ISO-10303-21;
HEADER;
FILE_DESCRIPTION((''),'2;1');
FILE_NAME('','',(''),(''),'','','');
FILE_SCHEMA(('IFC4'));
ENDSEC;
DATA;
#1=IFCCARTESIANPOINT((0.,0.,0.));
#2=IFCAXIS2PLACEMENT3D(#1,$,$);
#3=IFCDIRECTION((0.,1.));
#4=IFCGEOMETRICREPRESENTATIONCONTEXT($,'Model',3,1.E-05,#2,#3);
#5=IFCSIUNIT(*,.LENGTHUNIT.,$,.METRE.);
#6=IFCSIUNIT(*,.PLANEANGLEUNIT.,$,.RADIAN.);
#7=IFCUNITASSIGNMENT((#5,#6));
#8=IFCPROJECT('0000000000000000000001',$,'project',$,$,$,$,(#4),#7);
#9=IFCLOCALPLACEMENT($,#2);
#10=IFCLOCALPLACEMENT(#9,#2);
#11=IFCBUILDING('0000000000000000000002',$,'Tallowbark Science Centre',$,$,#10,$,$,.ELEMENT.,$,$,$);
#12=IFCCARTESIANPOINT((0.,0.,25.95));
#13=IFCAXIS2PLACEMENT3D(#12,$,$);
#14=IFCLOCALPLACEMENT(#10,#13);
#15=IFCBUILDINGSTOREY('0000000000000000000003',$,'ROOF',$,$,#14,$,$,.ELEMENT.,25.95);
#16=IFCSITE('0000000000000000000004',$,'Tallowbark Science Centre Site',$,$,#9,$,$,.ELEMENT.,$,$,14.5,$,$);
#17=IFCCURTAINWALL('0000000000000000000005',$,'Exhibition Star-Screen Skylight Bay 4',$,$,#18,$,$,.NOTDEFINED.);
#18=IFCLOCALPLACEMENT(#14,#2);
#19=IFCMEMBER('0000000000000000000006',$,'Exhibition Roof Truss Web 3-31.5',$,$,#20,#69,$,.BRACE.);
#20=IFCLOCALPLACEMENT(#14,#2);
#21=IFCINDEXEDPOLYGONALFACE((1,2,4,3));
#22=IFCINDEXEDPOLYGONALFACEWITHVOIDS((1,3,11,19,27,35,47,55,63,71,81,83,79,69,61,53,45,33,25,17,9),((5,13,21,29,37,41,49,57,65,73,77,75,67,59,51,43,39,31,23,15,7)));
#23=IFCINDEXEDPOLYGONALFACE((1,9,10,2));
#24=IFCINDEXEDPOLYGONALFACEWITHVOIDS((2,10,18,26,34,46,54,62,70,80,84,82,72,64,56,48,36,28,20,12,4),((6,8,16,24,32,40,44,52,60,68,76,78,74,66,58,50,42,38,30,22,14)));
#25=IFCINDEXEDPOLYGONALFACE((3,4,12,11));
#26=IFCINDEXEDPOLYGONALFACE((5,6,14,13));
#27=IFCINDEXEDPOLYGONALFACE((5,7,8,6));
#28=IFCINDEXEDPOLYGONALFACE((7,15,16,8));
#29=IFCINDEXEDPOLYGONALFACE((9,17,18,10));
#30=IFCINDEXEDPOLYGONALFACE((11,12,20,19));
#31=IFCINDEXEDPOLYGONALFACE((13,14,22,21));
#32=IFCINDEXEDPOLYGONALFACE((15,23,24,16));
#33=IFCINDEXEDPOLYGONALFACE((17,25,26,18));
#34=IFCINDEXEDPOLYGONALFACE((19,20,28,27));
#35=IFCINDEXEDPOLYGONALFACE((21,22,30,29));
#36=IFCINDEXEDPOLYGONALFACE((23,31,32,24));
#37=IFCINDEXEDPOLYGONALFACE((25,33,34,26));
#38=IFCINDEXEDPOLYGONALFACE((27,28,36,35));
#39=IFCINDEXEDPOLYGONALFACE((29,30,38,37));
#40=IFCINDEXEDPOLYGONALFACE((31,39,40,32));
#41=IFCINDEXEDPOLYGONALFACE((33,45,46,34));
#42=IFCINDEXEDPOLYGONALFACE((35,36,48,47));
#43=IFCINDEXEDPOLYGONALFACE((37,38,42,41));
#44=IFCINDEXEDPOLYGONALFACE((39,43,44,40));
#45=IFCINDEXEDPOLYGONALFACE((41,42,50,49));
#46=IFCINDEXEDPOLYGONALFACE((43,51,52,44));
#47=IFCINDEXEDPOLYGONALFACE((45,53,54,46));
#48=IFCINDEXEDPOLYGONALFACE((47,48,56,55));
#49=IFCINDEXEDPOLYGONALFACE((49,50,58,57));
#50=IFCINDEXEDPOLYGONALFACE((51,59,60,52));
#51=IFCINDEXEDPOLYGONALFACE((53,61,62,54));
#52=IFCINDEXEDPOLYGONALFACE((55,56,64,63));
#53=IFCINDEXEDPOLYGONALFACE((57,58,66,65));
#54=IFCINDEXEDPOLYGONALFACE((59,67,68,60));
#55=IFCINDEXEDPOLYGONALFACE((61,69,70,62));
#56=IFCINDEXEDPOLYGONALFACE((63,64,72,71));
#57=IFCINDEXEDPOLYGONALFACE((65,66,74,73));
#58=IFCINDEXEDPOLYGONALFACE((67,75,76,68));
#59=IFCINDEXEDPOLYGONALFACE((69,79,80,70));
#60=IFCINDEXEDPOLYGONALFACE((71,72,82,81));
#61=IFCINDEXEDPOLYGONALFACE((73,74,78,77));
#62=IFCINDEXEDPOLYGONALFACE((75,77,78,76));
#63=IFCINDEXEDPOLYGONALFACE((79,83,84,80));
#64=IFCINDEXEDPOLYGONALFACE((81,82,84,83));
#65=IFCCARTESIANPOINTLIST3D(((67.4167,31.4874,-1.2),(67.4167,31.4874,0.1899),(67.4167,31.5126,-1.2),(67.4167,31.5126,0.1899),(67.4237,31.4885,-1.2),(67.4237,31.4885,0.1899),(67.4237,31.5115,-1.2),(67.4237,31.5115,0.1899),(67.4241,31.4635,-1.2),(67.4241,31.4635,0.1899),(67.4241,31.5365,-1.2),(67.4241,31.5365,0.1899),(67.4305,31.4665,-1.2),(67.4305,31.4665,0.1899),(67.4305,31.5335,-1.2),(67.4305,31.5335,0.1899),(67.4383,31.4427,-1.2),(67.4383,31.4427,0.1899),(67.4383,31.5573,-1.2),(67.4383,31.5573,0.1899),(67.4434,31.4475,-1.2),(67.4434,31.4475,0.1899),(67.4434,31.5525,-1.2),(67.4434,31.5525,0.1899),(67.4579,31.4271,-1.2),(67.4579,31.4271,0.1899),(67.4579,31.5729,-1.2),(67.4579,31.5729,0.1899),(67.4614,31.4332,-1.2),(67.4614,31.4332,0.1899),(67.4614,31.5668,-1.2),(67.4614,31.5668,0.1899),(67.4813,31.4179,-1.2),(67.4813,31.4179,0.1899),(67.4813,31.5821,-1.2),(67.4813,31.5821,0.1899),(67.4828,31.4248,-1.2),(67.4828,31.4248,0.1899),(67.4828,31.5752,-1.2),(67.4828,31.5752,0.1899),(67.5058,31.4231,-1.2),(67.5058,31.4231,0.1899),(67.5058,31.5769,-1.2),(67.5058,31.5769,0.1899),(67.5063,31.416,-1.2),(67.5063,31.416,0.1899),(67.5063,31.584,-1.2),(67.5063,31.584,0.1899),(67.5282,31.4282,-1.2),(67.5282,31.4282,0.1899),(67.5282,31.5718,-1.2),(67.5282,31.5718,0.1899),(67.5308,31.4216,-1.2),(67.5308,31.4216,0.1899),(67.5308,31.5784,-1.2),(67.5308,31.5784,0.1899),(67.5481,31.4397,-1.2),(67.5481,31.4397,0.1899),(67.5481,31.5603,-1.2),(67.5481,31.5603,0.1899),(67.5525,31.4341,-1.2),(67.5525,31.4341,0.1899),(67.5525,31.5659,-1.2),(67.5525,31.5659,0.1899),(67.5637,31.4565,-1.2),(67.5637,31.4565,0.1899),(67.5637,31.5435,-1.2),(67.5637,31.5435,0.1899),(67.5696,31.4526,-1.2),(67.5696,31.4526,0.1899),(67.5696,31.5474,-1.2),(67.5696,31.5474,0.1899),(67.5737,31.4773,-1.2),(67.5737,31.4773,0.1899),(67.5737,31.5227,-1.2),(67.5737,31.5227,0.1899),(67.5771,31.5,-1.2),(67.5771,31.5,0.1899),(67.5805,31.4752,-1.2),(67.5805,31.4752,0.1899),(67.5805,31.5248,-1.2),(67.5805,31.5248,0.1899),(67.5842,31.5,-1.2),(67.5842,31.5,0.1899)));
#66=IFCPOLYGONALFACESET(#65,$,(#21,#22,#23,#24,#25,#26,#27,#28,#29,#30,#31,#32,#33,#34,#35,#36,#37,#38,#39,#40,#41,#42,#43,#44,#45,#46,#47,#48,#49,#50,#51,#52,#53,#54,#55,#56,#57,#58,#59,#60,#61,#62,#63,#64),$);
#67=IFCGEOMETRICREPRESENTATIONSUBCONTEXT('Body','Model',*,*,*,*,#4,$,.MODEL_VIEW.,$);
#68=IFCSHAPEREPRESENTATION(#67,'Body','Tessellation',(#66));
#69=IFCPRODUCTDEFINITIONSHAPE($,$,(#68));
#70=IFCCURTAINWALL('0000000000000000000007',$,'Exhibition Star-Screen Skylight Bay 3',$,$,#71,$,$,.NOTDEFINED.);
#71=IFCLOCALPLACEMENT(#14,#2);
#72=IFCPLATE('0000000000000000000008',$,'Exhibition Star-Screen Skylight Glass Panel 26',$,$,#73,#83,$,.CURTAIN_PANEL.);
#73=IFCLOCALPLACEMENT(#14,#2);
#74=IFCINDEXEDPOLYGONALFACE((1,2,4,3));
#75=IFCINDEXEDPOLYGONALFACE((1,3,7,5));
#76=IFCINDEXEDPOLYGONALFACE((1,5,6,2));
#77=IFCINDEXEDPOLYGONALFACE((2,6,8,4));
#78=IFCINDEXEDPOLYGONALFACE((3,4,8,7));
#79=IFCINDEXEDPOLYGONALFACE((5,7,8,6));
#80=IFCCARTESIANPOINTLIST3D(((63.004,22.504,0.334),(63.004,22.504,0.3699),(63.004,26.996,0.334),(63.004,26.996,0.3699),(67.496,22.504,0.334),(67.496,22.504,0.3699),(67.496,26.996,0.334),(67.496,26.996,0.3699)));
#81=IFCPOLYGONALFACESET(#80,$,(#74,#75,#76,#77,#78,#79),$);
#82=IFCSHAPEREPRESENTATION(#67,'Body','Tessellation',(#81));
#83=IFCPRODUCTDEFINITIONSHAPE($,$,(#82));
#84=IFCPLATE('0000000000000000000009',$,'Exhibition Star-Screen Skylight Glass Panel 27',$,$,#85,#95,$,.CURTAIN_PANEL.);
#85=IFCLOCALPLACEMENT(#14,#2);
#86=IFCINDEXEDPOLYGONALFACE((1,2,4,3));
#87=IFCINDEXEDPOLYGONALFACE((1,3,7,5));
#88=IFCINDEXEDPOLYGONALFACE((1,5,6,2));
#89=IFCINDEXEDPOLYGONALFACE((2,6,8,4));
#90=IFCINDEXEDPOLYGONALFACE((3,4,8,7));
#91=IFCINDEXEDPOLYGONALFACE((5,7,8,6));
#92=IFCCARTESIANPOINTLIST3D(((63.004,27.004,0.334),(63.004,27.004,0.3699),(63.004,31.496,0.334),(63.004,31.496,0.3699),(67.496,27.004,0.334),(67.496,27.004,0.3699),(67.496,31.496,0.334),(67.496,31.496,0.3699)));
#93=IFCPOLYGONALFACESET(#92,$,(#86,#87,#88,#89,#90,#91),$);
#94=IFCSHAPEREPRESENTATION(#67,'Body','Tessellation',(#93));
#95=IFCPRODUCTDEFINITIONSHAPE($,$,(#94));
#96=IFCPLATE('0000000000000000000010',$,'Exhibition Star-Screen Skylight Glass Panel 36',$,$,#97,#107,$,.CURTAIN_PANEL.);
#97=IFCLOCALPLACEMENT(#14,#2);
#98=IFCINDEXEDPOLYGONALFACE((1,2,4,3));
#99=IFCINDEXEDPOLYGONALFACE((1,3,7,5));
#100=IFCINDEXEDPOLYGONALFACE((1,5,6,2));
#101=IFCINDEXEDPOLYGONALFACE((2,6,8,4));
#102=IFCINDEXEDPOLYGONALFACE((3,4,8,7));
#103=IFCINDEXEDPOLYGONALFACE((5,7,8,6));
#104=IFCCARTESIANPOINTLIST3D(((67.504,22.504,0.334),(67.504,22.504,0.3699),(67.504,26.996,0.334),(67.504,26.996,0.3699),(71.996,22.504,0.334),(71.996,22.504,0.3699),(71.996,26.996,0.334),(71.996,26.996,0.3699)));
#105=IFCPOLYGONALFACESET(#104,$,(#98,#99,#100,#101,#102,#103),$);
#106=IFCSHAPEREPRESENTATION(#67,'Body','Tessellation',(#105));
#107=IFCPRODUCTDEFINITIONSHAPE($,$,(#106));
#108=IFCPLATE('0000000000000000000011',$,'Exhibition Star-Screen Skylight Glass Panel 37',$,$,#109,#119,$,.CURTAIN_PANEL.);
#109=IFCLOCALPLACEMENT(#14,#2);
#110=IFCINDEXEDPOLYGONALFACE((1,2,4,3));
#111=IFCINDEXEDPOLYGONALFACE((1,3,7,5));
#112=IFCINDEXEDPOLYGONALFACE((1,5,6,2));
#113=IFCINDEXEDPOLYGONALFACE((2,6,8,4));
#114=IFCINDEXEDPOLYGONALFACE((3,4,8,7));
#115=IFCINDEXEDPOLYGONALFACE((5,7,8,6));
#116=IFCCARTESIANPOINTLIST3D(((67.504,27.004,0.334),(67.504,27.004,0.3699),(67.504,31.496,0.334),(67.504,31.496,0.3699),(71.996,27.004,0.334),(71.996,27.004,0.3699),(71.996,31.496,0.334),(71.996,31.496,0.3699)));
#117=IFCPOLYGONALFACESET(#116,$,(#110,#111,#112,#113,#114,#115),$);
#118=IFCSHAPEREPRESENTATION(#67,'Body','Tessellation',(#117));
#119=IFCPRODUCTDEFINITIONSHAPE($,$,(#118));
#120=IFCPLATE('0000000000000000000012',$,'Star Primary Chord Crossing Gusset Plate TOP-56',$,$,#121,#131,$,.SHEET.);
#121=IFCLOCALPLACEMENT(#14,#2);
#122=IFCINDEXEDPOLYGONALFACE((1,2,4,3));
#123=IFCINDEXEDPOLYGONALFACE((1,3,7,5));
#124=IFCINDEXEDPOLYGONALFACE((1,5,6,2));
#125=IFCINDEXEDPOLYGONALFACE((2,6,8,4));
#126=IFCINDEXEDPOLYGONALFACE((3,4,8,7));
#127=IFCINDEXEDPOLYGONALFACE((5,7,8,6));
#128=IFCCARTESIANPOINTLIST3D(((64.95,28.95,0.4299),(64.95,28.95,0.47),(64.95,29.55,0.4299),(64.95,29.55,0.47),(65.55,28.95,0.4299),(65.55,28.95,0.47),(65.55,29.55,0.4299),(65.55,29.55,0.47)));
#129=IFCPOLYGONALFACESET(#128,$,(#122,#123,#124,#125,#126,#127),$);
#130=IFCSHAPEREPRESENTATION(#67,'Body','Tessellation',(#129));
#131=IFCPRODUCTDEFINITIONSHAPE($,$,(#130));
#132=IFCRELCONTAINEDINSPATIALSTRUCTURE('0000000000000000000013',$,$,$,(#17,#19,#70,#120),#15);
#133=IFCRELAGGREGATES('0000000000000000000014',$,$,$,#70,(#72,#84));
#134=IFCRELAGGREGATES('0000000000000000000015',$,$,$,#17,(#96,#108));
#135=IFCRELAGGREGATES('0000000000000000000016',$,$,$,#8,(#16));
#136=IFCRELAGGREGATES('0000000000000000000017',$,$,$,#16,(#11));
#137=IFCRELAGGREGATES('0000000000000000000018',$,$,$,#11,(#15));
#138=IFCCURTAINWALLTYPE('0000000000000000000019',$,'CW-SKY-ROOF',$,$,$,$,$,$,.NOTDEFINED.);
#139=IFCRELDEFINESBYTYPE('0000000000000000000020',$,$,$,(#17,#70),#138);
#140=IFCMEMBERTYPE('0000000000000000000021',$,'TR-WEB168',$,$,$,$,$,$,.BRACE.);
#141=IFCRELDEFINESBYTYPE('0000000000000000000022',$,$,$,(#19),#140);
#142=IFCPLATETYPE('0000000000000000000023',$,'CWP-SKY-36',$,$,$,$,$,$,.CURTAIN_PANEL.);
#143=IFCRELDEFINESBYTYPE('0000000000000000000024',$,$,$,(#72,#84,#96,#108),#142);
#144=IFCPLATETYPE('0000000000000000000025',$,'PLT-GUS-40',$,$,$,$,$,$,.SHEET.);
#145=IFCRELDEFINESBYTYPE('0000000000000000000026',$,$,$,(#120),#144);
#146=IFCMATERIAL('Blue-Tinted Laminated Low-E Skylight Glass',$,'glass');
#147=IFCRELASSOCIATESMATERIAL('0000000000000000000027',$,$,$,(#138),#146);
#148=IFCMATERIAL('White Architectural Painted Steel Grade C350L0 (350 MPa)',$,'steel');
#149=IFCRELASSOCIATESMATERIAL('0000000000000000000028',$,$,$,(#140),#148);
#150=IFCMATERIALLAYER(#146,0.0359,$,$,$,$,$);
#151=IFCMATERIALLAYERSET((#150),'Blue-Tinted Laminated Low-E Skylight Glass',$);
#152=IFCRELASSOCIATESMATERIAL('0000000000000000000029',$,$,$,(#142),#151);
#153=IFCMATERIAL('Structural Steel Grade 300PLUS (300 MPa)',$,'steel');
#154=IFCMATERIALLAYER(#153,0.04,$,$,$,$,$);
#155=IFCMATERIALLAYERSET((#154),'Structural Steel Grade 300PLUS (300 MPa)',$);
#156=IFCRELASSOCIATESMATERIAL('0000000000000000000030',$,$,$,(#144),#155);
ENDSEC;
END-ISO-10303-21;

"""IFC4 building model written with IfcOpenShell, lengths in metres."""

from ifc_helpers import new_model, si_unit, direction, frame, origin, origin_2d, place, context, subcontext, project, spatial, rectangle, hollow_circle, extrude, material, layer, layer_set, material_profile, profile_set, type_object, element, aggregate, save


model = new_model("IFC4")

# Units and contexts
model_context = context("Model", 3, precision=1e-05, world=origin(), true_north=direction((0.0, 1.0)))
body_context = subcontext(model_context, "Body", "Model", "MODEL_VIEW")
ifc_project = project(units=[si_unit("LENGTHUNIT", "METRE"), si_unit("PLANEANGLEUNIT", "RADIAN")], contexts=[model_context])

# Site, building, storey
site_placement = place(None, origin())
site = spatial("IfcSite", under=ifc_project, at=site_placement, Name="Tallowbark Science Centre Site", CompositionType="ELEMENT", RefElevation=14.5)
building_placement = place(site_placement, origin())
building = spatial("IfcBuilding", under=site, at=building_placement, Name="Tallowbark Science Centre", CompositionType="ELEMENT")
storey_placement = place(building_placement, frame((0.0, 0.0, 25.95)))
storey = spatial("IfcBuildingStorey", under=building, at=storey_placement, Name="ROOF", CompositionType="ELEMENT", Elevation=25.95)

# Curtain wall
ifc_material_1 = material(Name="Blue-Tinted Laminated Low-E Skylight Glass", Category="glass")
curtain_wall_type = type_object("IfcCurtainWallType", Name="CW-SKY-ROOF", PredefinedType="NOTDEFINED", material=ifc_material_1)
curtain_wall_1_placement = place(storey_placement, origin())
curtain_wall_1 = element("IfcCurtainWall", 1, at=curtain_wall_1_placement, inside=storey, type_object=curtain_wall_type, Name="Exhibition Star-Screen Skylight Bay 4", PredefinedType="NOTDEFINED")

# Member
ifc_material_2 = material(Name="White Architectural Painted Steel Grade C350L0 (350 MPa)", Category="steel")
ifc_material_profile_1 = material_profile(ifc_material_2, hollow_circle(Radius=0.0842, WallThickness=0.0071, at=origin_2d()), Name="168.3x7.1CHS")
ifc_profile_set_1 = profile_set([ifc_material_profile_1], Name="White Architectural Painted Steel Grade C350L0 (350 MPa)")
member_type_1 = type_object("IfcMemberType", Name="TR-WEB168", PredefinedType="BRACE", material=ifc_profile_set_1)
for number, where, z_axis, x_axis, name in (
    (2, (67.5, 31.5, -1.2), (0.0, 0.0, 1.0), (1.0, 0.0, 0.0), "Exhibition Roof Truss Web 3-31.5"),
):
    element("IfcMember", number, at=place(storey_placement, frame(where, z_axis=z_axis, x_axis=x_axis)), inside=storey, type_object=member_type_1, Name=name, PredefinedType="BRACE", context=body_context, shape_type="SweptSolid", body=[
        extrude(hollow_circle(Radius=0.0842, WallThickness=0.0071, at=origin_2d()), origin(), (0.0, 0.0, 1.0), 1.3899),
    ])

# Curtain wall, plates
curtain_wall_2_placement = place(storey_placement, origin())
curtain_wall_2 = element("IfcCurtainWall", 3, at=curtain_wall_2_placement, inside=storey, type_object=curtain_wall_type, Name="Exhibition Star-Screen Skylight Bay 3", PredefinedType="NOTDEFINED")
ifc_layer_1 = layer(ifc_material_1, 0.0359)
ifc_layer_set_1 = layer_set([ifc_layer_1], Name="Blue-Tinted Laminated Low-E Skylight Glass")
plate_type_1 = type_object("IfcPlateType", Name="CWP-SKY-36", PredefinedType="CURTAIN_PANEL", material=ifc_layer_set_1)
plate_1_placement = place(storey_placement, frame((65.25, 24.75, 0.334), z_axis=(0.0, 0.0, 1.0), x_axis=(1.0, 0.0, 0.0)))
plate_1 = element("IfcPlate", 4, at=plate_1_placement, type_object=plate_type_1, Name="Exhibition Star-Screen Skylight Glass Panel 26", PredefinedType="CURTAIN_PANEL", context=body_context, shape_type="SweptSolid", body=[
    extrude(rectangle(XDim=4.4919, YDim=4.4919, at=origin_2d()), origin(), (0.0, 0.0, 1.0), 0.0359),
])
plate_2_placement = place(storey_placement, frame((65.25, 29.25, 0.334), z_axis=(0.0, 0.0, 1.0), x_axis=(1.0, 0.0, 0.0)))
plate_2 = element("IfcPlate", 5, at=plate_2_placement, type_object=plate_type_1, Name="Exhibition Star-Screen Skylight Glass Panel 27", PredefinedType="CURTAIN_PANEL", context=body_context, shape_type="SweptSolid", body=[
    extrude(rectangle(XDim=4.4919, YDim=4.4919, at=origin_2d()), origin(), (0.0, 0.0, 1.0), 0.0359),
])
aggregate(curtain_wall_2, [plate_1, plate_2])

# Plates
plate_3_placement = place(storey_placement, frame((69.75, 24.75, 0.334), z_axis=(0.0, 0.0, 1.0), x_axis=(1.0, 0.0, 0.0)))
plate_3 = element("IfcPlate", 6, at=plate_3_placement, type_object=plate_type_1, Name="Exhibition Star-Screen Skylight Glass Panel 36", PredefinedType="CURTAIN_PANEL", context=body_context, shape_type="SweptSolid", body=[
    extrude(rectangle(XDim=4.4919, YDim=4.4919, at=origin_2d()), origin(), (0.0, 0.0, 1.0), 0.0359),
])
plate_4_placement = place(storey_placement, frame((69.75, 29.25, 0.334), z_axis=(0.0, 0.0, 1.0), x_axis=(1.0, 0.0, 0.0)))
plate_4 = element("IfcPlate", 7, at=plate_4_placement, type_object=plate_type_1, Name="Exhibition Star-Screen Skylight Glass Panel 37", PredefinedType="CURTAIN_PANEL", context=body_context, shape_type="SweptSolid", body=[
    extrude(rectangle(XDim=4.4919, YDim=4.4919, at=origin_2d()), origin(), (0.0, 0.0, 1.0), 0.0359),
])
aggregate(curtain_wall_1, [plate_3, plate_4])
ifc_material_3 = material(Name="Structural Steel Grade 300PLUS (300 MPa)", Category="steel")
ifc_layer_2 = layer(ifc_material_3, 0.04)
ifc_layer_set_2 = layer_set([ifc_layer_2], Name="Structural Steel Grade 300PLUS (300 MPa)")
plate_type_2 = type_object("IfcPlateType", Name="PLT-GUS-40", PredefinedType="SHEET", material=ifc_layer_set_2)
plate_5_placement = place(storey_placement, frame((65.25, 29.25, 0.4299), z_axis=(0.0, 0.0, 1.0), x_axis=(1.0, 0.0, 0.0)))
element("IfcPlate", 8, at=plate_5_placement, inside=storey, type_object=plate_type_2, Name="Star Primary Chord Crossing Gusset Plate TOP-56", PredefinedType="SHEET", context=body_context, shape_type="SweptSolid", body=[
    extrude(rectangle(XDim=0.6001, YDim=0.6001, at=origin_2d()), origin(), (0.0, 0.0, 1.0), 0.04),
])

save(model, "model.ifc")
